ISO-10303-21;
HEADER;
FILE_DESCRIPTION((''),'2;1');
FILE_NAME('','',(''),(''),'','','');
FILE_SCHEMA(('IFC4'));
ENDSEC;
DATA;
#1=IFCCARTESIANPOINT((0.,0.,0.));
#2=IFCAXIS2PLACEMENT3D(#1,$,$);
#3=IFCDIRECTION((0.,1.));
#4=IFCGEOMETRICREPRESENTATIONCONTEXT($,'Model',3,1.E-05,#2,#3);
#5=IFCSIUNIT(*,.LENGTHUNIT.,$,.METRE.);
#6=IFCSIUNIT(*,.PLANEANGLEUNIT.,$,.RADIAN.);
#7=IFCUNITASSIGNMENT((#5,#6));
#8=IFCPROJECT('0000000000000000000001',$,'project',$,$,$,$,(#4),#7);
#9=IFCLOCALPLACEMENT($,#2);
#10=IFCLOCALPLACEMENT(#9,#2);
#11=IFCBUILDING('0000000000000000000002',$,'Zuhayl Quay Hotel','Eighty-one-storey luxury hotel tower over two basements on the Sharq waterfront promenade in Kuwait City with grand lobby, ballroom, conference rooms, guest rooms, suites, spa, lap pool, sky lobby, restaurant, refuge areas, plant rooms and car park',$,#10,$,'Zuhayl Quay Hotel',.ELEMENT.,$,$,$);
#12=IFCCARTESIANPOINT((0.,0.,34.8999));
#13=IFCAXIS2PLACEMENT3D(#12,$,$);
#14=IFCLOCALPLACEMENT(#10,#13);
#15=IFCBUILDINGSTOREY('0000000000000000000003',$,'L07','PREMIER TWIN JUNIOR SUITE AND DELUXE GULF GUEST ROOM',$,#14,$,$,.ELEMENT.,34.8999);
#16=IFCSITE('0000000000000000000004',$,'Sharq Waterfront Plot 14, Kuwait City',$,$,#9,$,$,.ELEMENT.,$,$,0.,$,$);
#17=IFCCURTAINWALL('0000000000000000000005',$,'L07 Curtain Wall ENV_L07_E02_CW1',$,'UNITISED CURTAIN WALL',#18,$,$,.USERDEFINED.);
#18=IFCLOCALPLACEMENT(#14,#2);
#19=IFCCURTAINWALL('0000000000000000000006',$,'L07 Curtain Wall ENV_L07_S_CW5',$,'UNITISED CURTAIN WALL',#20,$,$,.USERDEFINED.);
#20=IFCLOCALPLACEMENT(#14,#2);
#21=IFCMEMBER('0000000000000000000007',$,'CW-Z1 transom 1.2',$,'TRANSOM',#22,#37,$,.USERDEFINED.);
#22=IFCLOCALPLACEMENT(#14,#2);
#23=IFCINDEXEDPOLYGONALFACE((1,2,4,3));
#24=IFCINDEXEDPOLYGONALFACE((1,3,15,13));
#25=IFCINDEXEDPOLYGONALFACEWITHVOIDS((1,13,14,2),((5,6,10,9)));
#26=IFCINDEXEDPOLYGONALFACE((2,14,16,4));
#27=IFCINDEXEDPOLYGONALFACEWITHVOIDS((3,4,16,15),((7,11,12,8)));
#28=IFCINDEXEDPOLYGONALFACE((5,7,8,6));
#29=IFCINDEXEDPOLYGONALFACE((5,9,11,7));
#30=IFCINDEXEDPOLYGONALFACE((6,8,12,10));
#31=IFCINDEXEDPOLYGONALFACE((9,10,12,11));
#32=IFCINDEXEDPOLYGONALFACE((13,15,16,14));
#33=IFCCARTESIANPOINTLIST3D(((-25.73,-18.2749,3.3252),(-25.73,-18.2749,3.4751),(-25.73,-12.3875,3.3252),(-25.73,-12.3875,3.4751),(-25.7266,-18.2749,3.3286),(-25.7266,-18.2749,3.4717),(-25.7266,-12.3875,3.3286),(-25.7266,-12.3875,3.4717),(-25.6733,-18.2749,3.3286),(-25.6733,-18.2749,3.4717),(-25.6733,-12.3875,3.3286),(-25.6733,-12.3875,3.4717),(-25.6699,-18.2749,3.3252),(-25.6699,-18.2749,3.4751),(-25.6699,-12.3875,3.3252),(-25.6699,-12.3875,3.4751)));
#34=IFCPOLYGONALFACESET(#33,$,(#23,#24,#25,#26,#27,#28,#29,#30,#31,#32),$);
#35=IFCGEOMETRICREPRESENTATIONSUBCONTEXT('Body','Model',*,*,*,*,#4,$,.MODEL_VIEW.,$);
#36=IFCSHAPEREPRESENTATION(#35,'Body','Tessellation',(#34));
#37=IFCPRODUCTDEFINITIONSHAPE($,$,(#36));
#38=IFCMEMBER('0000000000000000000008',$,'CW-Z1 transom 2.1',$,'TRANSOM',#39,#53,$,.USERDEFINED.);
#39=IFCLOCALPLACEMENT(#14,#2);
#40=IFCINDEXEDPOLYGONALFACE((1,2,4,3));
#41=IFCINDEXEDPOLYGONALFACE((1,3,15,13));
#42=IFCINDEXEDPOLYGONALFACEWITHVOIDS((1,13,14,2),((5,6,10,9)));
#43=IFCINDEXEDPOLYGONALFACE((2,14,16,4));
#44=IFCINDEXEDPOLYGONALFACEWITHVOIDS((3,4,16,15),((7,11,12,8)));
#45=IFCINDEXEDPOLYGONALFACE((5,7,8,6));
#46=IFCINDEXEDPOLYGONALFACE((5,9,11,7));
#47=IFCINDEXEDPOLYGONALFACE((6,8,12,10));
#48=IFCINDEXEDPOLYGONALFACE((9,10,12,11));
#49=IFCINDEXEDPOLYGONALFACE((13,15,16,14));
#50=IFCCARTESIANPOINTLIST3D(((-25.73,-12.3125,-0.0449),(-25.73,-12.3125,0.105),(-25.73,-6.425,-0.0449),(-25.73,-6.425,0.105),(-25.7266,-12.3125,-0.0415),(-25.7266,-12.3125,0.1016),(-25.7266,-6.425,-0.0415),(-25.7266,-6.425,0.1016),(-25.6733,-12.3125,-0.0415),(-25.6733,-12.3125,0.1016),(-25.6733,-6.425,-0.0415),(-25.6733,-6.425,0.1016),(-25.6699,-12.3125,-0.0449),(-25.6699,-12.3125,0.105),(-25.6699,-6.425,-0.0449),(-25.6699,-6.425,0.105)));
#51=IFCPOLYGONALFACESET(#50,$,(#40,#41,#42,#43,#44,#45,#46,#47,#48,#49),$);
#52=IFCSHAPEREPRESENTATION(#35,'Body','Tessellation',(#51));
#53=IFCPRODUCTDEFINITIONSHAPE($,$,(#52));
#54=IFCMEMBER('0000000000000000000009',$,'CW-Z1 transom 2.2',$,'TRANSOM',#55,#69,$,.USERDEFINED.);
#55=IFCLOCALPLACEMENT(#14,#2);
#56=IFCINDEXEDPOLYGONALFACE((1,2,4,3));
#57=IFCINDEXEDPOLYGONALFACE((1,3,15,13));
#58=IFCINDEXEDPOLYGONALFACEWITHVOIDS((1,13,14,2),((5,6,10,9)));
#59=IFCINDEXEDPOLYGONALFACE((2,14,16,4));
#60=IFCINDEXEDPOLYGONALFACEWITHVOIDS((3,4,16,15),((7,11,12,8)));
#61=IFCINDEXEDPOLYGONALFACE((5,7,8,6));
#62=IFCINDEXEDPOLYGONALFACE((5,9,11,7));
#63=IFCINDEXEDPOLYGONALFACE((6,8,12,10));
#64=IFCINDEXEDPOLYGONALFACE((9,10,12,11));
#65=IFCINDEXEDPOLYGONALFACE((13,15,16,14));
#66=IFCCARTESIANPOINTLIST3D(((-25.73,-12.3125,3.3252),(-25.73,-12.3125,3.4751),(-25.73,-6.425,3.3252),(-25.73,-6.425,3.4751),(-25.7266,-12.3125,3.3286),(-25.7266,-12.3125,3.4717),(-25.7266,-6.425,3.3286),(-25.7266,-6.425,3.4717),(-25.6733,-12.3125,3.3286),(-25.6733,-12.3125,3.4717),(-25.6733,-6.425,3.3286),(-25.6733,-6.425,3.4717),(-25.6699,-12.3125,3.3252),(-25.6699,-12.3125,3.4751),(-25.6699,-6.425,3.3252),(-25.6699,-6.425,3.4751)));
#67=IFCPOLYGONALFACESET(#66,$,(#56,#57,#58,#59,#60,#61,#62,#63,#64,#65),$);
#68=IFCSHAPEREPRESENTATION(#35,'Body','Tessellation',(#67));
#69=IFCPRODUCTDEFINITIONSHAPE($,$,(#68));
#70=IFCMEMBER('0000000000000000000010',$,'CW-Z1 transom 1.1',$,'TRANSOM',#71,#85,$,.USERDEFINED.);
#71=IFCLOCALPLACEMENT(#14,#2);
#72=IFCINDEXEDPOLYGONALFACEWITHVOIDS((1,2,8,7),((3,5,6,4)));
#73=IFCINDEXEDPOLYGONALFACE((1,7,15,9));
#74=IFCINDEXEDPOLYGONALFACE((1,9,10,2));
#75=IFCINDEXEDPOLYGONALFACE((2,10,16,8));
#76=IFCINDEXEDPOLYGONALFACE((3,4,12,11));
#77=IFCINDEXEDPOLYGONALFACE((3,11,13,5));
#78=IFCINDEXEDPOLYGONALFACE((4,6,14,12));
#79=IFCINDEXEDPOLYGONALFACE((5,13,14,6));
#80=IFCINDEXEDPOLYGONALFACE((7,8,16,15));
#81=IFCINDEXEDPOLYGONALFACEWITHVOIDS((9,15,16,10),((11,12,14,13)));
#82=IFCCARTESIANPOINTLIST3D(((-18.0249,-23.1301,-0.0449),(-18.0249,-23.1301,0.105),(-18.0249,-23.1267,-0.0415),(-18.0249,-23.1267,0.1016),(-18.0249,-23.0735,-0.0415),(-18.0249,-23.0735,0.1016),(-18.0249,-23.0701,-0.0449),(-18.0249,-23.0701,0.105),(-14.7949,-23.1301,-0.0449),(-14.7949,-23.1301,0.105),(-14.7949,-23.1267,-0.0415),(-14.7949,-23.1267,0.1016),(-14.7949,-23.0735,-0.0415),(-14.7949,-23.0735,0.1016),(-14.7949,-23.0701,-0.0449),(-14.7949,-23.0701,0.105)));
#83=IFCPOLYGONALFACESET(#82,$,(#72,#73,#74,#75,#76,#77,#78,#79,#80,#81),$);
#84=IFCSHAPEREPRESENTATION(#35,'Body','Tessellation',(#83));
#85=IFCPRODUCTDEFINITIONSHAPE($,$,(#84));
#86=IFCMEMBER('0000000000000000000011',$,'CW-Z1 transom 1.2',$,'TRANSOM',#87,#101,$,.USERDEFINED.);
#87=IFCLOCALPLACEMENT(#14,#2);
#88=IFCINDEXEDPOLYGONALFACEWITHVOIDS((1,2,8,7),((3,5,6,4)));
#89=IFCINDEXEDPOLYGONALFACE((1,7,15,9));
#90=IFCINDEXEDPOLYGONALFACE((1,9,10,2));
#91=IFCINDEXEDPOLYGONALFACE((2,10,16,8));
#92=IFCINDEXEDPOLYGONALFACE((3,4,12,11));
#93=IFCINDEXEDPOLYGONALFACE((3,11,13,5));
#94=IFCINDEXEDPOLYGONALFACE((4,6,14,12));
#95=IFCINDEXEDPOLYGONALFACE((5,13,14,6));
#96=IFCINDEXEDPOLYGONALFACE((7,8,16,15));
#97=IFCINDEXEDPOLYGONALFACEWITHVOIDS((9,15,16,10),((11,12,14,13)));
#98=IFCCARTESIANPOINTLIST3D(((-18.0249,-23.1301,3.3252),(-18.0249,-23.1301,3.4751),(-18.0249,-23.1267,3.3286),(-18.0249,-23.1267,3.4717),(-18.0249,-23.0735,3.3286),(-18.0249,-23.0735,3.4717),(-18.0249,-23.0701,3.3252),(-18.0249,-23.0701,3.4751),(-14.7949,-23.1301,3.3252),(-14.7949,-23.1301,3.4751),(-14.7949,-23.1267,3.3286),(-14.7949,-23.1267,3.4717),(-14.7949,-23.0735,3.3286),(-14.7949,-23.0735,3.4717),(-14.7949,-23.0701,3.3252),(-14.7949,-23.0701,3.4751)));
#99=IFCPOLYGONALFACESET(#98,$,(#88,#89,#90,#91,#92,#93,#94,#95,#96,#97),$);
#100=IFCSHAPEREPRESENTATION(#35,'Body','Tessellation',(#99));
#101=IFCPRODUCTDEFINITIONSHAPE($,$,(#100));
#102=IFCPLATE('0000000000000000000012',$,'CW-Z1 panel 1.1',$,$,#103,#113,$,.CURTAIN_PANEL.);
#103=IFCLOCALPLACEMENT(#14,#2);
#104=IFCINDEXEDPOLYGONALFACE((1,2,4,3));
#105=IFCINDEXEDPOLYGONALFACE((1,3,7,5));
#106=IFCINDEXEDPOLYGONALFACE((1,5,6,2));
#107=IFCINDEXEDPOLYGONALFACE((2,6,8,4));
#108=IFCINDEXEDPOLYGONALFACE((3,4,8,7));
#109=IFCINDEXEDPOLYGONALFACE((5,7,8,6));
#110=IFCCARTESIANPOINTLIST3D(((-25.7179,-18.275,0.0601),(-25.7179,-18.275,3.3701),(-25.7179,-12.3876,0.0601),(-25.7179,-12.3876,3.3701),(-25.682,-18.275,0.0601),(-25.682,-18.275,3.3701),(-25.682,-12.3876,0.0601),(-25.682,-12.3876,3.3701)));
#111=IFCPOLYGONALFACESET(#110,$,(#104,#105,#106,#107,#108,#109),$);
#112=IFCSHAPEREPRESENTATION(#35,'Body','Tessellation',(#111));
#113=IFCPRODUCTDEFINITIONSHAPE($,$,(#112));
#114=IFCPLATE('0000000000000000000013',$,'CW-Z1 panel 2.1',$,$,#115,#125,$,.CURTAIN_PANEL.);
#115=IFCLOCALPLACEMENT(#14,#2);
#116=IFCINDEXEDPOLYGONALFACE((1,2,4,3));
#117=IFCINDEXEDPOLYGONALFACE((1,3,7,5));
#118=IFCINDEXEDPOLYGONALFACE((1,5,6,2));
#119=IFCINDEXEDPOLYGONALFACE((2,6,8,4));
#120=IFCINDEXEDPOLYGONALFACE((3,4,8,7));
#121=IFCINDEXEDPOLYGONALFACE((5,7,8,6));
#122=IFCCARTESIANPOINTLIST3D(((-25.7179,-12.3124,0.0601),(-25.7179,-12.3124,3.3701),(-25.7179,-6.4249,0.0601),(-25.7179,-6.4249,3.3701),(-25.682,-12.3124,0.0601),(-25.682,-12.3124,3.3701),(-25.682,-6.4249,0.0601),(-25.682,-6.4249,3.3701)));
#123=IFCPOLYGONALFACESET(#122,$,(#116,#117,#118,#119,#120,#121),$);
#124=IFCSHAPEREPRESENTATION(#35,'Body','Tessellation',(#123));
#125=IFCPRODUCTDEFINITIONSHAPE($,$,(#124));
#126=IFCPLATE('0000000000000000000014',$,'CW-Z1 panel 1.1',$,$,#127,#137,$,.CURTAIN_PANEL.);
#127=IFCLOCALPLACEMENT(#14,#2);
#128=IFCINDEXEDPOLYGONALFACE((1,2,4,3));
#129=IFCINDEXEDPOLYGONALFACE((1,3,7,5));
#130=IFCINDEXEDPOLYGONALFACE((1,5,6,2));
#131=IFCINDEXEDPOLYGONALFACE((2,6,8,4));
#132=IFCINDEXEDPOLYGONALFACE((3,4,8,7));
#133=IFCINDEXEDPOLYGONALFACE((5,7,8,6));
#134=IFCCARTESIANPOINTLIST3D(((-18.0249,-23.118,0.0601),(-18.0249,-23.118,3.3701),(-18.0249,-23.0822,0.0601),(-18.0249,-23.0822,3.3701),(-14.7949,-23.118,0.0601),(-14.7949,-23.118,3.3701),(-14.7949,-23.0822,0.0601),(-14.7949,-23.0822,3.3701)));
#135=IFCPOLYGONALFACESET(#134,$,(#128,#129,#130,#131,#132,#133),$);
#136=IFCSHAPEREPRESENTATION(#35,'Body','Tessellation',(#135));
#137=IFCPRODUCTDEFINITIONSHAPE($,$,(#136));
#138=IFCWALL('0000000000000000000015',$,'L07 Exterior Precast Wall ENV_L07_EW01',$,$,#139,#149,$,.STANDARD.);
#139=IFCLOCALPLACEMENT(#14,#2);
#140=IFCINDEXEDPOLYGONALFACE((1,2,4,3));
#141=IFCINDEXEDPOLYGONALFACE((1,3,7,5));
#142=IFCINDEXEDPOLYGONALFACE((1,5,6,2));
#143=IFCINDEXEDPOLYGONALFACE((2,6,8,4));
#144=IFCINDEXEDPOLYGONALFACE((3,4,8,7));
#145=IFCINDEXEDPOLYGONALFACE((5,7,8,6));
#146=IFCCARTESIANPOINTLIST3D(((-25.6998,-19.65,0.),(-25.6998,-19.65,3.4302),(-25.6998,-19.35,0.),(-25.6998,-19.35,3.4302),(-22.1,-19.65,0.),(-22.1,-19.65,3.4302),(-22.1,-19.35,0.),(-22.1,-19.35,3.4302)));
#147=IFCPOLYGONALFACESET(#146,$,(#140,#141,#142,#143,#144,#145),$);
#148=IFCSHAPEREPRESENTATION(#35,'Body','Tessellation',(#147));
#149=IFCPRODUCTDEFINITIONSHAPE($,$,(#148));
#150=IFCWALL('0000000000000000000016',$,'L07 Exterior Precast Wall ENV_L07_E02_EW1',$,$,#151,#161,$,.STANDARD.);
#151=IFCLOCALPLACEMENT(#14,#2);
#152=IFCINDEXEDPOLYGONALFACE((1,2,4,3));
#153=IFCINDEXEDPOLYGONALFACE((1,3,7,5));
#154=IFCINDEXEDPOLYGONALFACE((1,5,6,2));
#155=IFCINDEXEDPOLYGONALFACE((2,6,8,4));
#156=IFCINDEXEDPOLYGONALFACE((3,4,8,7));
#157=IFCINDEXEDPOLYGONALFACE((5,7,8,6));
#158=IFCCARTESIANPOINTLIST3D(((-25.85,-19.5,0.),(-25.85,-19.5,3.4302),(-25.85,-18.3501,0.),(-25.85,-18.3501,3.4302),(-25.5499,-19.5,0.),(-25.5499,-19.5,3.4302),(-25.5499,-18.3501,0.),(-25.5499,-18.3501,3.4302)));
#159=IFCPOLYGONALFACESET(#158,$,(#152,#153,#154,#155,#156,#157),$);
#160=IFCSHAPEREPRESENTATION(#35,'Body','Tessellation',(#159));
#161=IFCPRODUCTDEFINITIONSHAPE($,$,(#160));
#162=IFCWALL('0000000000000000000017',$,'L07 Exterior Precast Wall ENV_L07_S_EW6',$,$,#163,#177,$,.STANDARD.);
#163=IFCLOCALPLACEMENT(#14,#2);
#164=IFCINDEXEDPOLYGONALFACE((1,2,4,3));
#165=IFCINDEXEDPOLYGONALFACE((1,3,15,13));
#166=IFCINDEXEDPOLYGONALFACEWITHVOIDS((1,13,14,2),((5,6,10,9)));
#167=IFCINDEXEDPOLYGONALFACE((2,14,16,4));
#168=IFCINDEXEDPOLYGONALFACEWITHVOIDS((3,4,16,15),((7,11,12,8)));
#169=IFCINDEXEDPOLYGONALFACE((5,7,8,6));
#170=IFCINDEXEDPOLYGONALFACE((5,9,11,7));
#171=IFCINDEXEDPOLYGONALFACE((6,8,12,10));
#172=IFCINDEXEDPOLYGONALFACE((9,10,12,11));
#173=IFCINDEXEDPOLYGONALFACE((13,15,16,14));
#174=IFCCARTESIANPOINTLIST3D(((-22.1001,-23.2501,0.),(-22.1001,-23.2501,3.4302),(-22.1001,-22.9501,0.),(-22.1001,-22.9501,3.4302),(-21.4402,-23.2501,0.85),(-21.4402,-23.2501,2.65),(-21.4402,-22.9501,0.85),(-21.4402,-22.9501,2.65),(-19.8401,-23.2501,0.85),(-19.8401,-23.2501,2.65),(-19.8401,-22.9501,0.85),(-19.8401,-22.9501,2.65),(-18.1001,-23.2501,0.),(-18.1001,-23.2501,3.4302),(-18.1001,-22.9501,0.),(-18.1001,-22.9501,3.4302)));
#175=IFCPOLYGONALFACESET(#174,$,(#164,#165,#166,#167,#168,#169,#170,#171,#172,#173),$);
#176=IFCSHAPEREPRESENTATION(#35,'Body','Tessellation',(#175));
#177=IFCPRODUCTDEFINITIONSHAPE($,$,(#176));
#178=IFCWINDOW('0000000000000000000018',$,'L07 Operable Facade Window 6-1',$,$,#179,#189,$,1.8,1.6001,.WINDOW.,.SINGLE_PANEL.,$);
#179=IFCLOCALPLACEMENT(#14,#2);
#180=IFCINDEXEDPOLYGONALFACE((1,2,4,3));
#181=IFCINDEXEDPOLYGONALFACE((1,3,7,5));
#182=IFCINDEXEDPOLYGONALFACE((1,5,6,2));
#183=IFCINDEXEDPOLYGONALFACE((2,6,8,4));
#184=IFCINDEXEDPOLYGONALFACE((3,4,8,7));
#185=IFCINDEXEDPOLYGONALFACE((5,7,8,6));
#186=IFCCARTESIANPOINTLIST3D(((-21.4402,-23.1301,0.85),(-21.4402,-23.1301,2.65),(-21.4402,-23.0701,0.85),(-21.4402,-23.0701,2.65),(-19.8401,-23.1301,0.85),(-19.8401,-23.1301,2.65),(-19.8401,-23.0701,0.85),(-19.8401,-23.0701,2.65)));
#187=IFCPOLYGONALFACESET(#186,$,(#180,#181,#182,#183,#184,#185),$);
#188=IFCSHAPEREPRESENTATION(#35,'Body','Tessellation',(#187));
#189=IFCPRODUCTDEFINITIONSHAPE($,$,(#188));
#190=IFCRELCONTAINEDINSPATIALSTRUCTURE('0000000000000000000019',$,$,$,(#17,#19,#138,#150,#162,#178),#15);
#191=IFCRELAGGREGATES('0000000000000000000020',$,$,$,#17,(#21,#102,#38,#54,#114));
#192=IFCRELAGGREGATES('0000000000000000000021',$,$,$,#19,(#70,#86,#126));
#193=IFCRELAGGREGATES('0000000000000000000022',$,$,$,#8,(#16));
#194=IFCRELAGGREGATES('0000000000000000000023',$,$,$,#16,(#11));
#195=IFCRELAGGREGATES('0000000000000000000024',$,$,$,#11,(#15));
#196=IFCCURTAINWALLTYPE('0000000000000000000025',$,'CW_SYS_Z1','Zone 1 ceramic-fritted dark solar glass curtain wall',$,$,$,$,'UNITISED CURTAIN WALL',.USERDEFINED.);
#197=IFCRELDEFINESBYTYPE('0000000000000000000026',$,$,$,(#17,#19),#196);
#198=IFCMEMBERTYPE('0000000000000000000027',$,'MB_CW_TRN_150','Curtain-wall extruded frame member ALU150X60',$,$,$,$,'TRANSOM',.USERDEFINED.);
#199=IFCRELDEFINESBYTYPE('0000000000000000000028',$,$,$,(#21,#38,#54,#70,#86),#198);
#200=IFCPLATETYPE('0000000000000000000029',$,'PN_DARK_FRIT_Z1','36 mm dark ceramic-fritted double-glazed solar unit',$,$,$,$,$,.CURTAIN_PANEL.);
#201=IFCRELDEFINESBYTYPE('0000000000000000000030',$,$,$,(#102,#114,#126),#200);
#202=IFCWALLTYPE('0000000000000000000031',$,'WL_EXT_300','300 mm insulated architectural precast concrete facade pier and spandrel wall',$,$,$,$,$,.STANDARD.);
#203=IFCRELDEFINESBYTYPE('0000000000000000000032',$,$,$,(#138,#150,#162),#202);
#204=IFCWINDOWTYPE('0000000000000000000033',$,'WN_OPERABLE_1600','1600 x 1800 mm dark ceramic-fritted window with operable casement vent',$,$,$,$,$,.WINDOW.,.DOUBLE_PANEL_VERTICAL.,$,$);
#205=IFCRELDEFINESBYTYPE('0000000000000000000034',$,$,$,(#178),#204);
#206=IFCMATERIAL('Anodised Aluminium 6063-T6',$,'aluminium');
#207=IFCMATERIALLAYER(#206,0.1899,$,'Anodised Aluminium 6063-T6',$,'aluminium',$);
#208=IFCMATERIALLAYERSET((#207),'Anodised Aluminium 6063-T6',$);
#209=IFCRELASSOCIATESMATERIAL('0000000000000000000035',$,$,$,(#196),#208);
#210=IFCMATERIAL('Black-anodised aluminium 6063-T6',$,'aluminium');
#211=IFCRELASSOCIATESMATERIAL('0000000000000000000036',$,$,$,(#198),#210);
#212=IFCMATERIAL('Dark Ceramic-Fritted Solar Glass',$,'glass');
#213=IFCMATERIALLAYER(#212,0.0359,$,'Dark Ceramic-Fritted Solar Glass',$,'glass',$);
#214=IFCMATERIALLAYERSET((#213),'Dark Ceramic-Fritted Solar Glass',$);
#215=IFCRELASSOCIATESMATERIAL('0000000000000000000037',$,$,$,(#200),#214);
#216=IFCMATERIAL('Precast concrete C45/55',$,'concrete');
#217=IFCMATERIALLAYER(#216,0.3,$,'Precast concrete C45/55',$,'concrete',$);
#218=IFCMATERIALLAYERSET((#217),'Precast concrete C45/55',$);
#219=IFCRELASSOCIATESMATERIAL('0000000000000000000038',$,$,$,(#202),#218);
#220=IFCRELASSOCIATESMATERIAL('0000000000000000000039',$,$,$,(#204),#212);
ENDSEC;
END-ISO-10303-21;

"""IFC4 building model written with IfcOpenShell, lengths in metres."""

from ifc_helpers import new_model, si_unit, direction, frame, frame_2d, origin, origin_2d, place, context, subcontext, project, spatial, rectangle, hollow_rectangle, extrude, material, layer, layer_set, material_profile, profile_set, type_object, element, fill, aggregate, save


model = new_model("IFC4")

# Units and contexts
model_context = context("Model", 3, precision=1e-05, world=origin(), true_north=direction((0.0, 1.0)))
body_context = subcontext(model_context, "Body", "Model", "MODEL_VIEW")
ifc_project = project(units=[si_unit("LENGTHUNIT", "METRE"), si_unit("PLANEANGLEUNIT", "RADIAN")], contexts=[model_context])

# Site, building, storey
site_placement = place(None, origin())
site = spatial("IfcSite", under=ifc_project, at=site_placement, Name="Sharq Waterfront Plot 14, Kuwait City", CompositionType="ELEMENT", RefElevation=0.0)
building_placement = place(site_placement, origin())
building = spatial("IfcBuilding", under=site, at=building_placement, Name="Zuhayl Quay Hotel", Description="Eighty-one-storey luxury hotel tower over two basements on the Sharq waterfront promenade in Kuwait City with grand lobby, ballroom, conference rooms, guest rooms, suites, spa, lap pool, sky lobby, restaurant, refuge areas, plant rooms and car park", LongName="Zuhayl Quay Hotel", CompositionType="ELEMENT")
storey_placement = place(building_placement, frame((0.0, 0.0, 34.8999)))
storey = spatial("IfcBuildingStorey", under=building, at=storey_placement, Name="L07", Description="PREMIER TWIN JUNIOR SUITE AND DELUXE GULF GUEST ROOM", CompositionType="ELEMENT", Elevation=34.8999)

# Curtain walls
ifc_material_1 = material(Name="Anodised Aluminium 6063-T6", Category="aluminium")
ifc_layer_1 = layer(ifc_material_1, 0.1899, Name="Anodised Aluminium 6063-T6", Category="aluminium")
ifc_layer_set_1 = layer_set([ifc_layer_1], Name="Anodised Aluminium 6063-T6")
curtain_wall_type = type_object("IfcCurtainWallType", Name="CW_SYS_Z1", Description="Zone 1 ceramic-fritted dark solar glass curtain wall", ElementType="UNITISED CURTAIN WALL", PredefinedType="USERDEFINED", material=ifc_layer_set_1)
curtain_wall_1_placement = place(storey_placement, origin())
curtain_wall_1 = element("IfcCurtainWall", 1, at=curtain_wall_1_placement, inside=storey, type_object=curtain_wall_type, Name="L07 Curtain Wall ENV_L07_E02_CW1", ObjectType="UNITISED CURTAIN WALL", PredefinedType="USERDEFINED")
ifc_material_2 = material(Name="Black-anodised aluminium 6063-T6", Category="aluminium")
curtain_wall_2_placement = place(storey_placement, origin())
curtain_wall_2 = element("IfcCurtainWall", 2, at=curtain_wall_2_placement, inside=storey, type_object=curtain_wall_type, Name="L07 Curtain Wall ENV_L07_S_CW5", ObjectType="UNITISED CURTAIN WALL", PredefinedType="USERDEFINED")

# Members
ifc_material_profile_1 = material_profile(ifc_material_2, hollow_rectangle(XDim=0.0601, YDim=0.1499, WallThickness=0.0034, at=origin_2d()), Name="ALU150X60")
ifc_profile_set_1 = profile_set([ifc_material_profile_1], Name="Black-anodised aluminium 6063-T6")
member_type_1 = type_object("IfcMemberType", Name="MB_CW_TRN_150", Description="Curtain-wall extruded frame member ALU150X60", ElementType="TRANSOM", PredefinedType="USERDEFINED", material=ifc_profile_set_1)
member_1_placement = place(storey_placement, frame((-25.7, -18.2749, 3.4001), z_axis=(0.0, 1.0, 0.0), x_axis=(-1.0, 0.0, 0.0)))
member_1 = element("IfcMember", 3, at=member_1_placement, type_object=member_type_1, Name="CW-Z1 transom 1.2", ObjectType="TRANSOM", PredefinedType="USERDEFINED", context=body_context, shape_type="SweptSolid", body=[
    extrude(hollow_rectangle(XDim=0.0601, YDim=0.1499, WallThickness=0.0034, at=origin_2d()), origin(), (0.0, 0.0, 1.0), 5.8875),
])
member_2_placement = place(storey_placement, frame((-25.7, -12.3125, 0.03), z_axis=(0.0, 1.0, 0.0), x_axis=(-1.0, 0.0, 0.0)))
member_2 = element("IfcMember", 4, at=member_2_placement, type_object=member_type_1, Name="CW-Z1 transom 2.1", ObjectType="TRANSOM", PredefinedType="USERDEFINED", context=body_context, shape_type="SweptSolid", body=[
    extrude(hollow_rectangle(XDim=0.0601, YDim=0.1499, WallThickness=0.0034, at=origin_2d()), origin(), (0.0, 0.0, 1.0), 5.8875),
])
member_3_placement = place(storey_placement, frame((-25.7, -12.3125, 3.4001), z_axis=(0.0, 1.0, 0.0), x_axis=(-1.0, 0.0, 0.0)))
member_3 = element("IfcMember", 5, at=member_3_placement, type_object=member_type_1, Name="CW-Z1 transom 2.2", ObjectType="TRANSOM", PredefinedType="USERDEFINED", context=body_context, shape_type="SweptSolid", body=[
    extrude(hollow_rectangle(XDim=0.0601, YDim=0.1499, WallThickness=0.0034, at=origin_2d()), origin(), (0.0, 0.0, 1.0), 5.8875),
])
member_4_placement = place(storey_placement, frame((-14.7949, -23.1001, 0.03), z_axis=(-1.0, 0.0, 0.0), x_axis=(0.0, -1.0, 0.0)))
member_4 = element("IfcMember", 6, at=member_4_placement, type_object=member_type_1, Name="CW-Z1 transom 1.1", ObjectType="TRANSOM", PredefinedType="USERDEFINED", context=body_context, shape_type="SweptSolid", body=[
    extrude(hollow_rectangle(XDim=0.0601, YDim=0.1499, WallThickness=0.0034, at=origin_2d()), origin(), (0.0, 0.0, 1.0), 3.23),
])
member_5_placement = place(storey_placement, frame((-14.7949, -23.1001, 3.4001), z_axis=(-1.0, 0.0, 0.0), x_axis=(0.0, -1.0, 0.0)))
member_5 = element("IfcMember", 7, at=member_5_placement, type_object=member_type_1, Name="CW-Z1 transom 1.2", ObjectType="TRANSOM", PredefinedType="USERDEFINED", context=body_context, shape_type="SweptSolid", body=[
    extrude(hollow_rectangle(XDim=0.0601, YDim=0.1499, WallThickness=0.0034, at=origin_2d()), origin(), (0.0, 0.0, 1.0), 3.23),
])

# Plates
ifc_material_3 = material(Name="Dark Ceramic-Fritted Solar Glass", Category="glass")
ifc_layer_2 = layer(ifc_material_3, 0.0359, Name="Dark Ceramic-Fritted Solar Glass", Category="glass")
ifc_layer_set_2 = layer_set([ifc_layer_2], Name="Dark Ceramic-Fritted Solar Glass")
plate_type = type_object("IfcPlateType", Name="PN_DARK_FRIT_Z1", Description="36 mm dark ceramic-fritted double-glazed solar unit", PredefinedType="CURTAIN_PANEL", material=ifc_layer_set_2)
plate_1_placement = place(storey_placement, frame((-25.7, -15.3313, 0.0601), z_axis=(0.0, 0.0, 1.0), x_axis=(0.0, 1.0, 0.0)))
plate_1 = element("IfcPlate", 8, at=plate_1_placement, type_object=plate_type, Name="CW-Z1 panel 1.1", PredefinedType="CURTAIN_PANEL", context=body_context, shape_type="SweptSolid", body=[
    extrude(rectangle(XDim=5.8875, YDim=0.0359, at=origin_2d()), origin(), (0.0, 0.0, 1.0), 3.3101),
])
plate_2_placement = place(storey_placement, frame((-25.7, -9.3687, 0.0601), z_axis=(0.0, 0.0, 1.0), x_axis=(0.0, 1.0, 0.0)))
plate_2 = element("IfcPlate", 9, at=plate_2_placement, type_object=plate_type, Name="CW-Z1 panel 2.1", PredefinedType="CURTAIN_PANEL", context=body_context, shape_type="SweptSolid", body=[
    extrude(rectangle(XDim=5.8875, YDim=0.0359, at=origin_2d()), origin(), (0.0, 0.0, 1.0), 3.3101),
])
aggregate(curtain_wall_1, [member_1, plate_1, member_2, member_3, plate_2])
plate_3_placement = place(storey_placement, frame((-16.4099, -23.1001, 0.0601), z_axis=(0.0, 0.0, 1.0), x_axis=(-1.0, 0.0, 0.0)))
plate_3 = element("IfcPlate", 10, at=plate_3_placement, type_object=plate_type, Name="CW-Z1 panel 1.1", PredefinedType="CURTAIN_PANEL", context=body_context, shape_type="SweptSolid", body=[
    extrude(rectangle(XDim=3.23, YDim=0.0359, at=origin_2d()), origin(), (0.0, 0.0, 1.0), 3.3101),
])
aggregate(curtain_wall_2, [member_4, member_5, plate_3])

# Walls
ifc_material_4 = material(Name="Precast concrete C45/55", Category="concrete")
ifc_layer_3 = layer(ifc_material_4, 0.3, Name="Precast concrete C45/55", Category="concrete")
ifc_layer_set_3 = layer_set([ifc_layer_3], Name="Precast concrete C45/55")
wall_type_1 = type_object("IfcWallType", Name="WL_EXT_300", Description="300 mm insulated architectural precast concrete facade pier and spandrel wall", PredefinedType="STANDARD", material=ifc_layer_set_3)
wall_1_placement = place(storey_placement, frame((-22.1001, -19.5, 0.0), z_axis=(0.0, 0.0, 1.0), x_axis=(-1.0, 0.0, 0.0)))
element("IfcWall", 11, at=wall_1_placement, inside=storey, type_object=wall_type_1, Name="L07 Exterior Precast Wall ENV_L07_EW01", PredefinedType="STANDARD", context=body_context, shape_type="SweptSolid", body=[
    extrude(rectangle(XDim=3.5999, YDim=0.3, at=frame_2d((1.7998, 0.0))), origin(), (0.0, 0.0, 1.0), 3.4302),
])
wall_2_placement = place(storey_placement, frame((-25.7, -19.5, 0.0), z_axis=(0.0, 0.0, 1.0), x_axis=(0.0, 1.0, 0.0)))
element("IfcWall", 12, at=wall_2_placement, inside=storey, type_object=wall_type_1, Name="L07 Exterior Precast Wall ENV_L07_E02_EW1", PredefinedType="STANDARD", context=body_context, shape_type="SweptSolid", body=[
    extrude(rectangle(XDim=1.1499, YDim=0.3, at=frame_2d((0.575, 0.0))), origin(), (0.0, 0.0, 1.0), 3.4302),
])

# Wall, opening, window
wall_3_placement = place(storey_placement, frame((-18.1001, -23.1001, 0.0), z_axis=(0.0, 0.0, 1.0), x_axis=(-1.0, 0.0, 0.0)))
wall_3 = element("IfcWall", 13, at=wall_3_placement, inside=storey, type_object=wall_type_1, Name="L07 Exterior Precast Wall ENV_L07_S_EW6", PredefinedType="STANDARD", context=body_context, shape_type="SweptSolid", body=[
    extrude(rectangle(XDim=4.0, YDim=0.3, at=frame_2d((2.0, 0.0))), origin(), (0.0, 0.0, 1.0), 3.4302),
])
opening_1_placement = place(wall_3_placement, frame((1.74, 0.0, 0.8501)))
opening_1 = element("IfcOpeningElement", 14, at=opening_1_placement, cuts=wall_3, PredefinedType="OPENING", context=body_context, shape_type="SweptSolid", body=[
    extrude(rectangle(XDim=1.6001, YDim=1.8, at=frame_2d((0.8, 0.8999))), frame((0.0, 0.1599, 0.0), z_axis=(0.0, -1.0, 0.0), x_axis=(1.0, 0.0, 0.0)), (0.0, 0.0, 1.0), 0.3201),
])
window_type = type_object("IfcWindowType", Name="WN_OPERABLE_1600", Description="1600 x 1800 mm dark ceramic-fritted window with operable casement vent", PartitioningType="DOUBLE_PANEL_VERTICAL", PredefinedType="WINDOW", material=ifc_material_3)
window_placement = place(opening_1_placement, origin())
window = element("IfcWindow", 15, at=window_placement, inside=storey, type_object=window_type, Name="L07 Operable Facade Window 6-1", OverallHeight=1.8, OverallWidth=1.6001, PartitioningType="SINGLE_PANEL", PredefinedType="WINDOW", context=body_context, shape_type="SweptSolid", body=[
    extrude(rectangle(XDim=1.6001, YDim=1.8, at=frame_2d((0.8, 0.8999))), frame((0.0, 0.03, 0.0), z_axis=(0.0, -1.0, 0.0), x_axis=(1.0, 0.0, 0.0)), (0.0, 0.0, 1.0), 0.0601),
])
fill(opening_1, window)

save(model, "model.ifc")
